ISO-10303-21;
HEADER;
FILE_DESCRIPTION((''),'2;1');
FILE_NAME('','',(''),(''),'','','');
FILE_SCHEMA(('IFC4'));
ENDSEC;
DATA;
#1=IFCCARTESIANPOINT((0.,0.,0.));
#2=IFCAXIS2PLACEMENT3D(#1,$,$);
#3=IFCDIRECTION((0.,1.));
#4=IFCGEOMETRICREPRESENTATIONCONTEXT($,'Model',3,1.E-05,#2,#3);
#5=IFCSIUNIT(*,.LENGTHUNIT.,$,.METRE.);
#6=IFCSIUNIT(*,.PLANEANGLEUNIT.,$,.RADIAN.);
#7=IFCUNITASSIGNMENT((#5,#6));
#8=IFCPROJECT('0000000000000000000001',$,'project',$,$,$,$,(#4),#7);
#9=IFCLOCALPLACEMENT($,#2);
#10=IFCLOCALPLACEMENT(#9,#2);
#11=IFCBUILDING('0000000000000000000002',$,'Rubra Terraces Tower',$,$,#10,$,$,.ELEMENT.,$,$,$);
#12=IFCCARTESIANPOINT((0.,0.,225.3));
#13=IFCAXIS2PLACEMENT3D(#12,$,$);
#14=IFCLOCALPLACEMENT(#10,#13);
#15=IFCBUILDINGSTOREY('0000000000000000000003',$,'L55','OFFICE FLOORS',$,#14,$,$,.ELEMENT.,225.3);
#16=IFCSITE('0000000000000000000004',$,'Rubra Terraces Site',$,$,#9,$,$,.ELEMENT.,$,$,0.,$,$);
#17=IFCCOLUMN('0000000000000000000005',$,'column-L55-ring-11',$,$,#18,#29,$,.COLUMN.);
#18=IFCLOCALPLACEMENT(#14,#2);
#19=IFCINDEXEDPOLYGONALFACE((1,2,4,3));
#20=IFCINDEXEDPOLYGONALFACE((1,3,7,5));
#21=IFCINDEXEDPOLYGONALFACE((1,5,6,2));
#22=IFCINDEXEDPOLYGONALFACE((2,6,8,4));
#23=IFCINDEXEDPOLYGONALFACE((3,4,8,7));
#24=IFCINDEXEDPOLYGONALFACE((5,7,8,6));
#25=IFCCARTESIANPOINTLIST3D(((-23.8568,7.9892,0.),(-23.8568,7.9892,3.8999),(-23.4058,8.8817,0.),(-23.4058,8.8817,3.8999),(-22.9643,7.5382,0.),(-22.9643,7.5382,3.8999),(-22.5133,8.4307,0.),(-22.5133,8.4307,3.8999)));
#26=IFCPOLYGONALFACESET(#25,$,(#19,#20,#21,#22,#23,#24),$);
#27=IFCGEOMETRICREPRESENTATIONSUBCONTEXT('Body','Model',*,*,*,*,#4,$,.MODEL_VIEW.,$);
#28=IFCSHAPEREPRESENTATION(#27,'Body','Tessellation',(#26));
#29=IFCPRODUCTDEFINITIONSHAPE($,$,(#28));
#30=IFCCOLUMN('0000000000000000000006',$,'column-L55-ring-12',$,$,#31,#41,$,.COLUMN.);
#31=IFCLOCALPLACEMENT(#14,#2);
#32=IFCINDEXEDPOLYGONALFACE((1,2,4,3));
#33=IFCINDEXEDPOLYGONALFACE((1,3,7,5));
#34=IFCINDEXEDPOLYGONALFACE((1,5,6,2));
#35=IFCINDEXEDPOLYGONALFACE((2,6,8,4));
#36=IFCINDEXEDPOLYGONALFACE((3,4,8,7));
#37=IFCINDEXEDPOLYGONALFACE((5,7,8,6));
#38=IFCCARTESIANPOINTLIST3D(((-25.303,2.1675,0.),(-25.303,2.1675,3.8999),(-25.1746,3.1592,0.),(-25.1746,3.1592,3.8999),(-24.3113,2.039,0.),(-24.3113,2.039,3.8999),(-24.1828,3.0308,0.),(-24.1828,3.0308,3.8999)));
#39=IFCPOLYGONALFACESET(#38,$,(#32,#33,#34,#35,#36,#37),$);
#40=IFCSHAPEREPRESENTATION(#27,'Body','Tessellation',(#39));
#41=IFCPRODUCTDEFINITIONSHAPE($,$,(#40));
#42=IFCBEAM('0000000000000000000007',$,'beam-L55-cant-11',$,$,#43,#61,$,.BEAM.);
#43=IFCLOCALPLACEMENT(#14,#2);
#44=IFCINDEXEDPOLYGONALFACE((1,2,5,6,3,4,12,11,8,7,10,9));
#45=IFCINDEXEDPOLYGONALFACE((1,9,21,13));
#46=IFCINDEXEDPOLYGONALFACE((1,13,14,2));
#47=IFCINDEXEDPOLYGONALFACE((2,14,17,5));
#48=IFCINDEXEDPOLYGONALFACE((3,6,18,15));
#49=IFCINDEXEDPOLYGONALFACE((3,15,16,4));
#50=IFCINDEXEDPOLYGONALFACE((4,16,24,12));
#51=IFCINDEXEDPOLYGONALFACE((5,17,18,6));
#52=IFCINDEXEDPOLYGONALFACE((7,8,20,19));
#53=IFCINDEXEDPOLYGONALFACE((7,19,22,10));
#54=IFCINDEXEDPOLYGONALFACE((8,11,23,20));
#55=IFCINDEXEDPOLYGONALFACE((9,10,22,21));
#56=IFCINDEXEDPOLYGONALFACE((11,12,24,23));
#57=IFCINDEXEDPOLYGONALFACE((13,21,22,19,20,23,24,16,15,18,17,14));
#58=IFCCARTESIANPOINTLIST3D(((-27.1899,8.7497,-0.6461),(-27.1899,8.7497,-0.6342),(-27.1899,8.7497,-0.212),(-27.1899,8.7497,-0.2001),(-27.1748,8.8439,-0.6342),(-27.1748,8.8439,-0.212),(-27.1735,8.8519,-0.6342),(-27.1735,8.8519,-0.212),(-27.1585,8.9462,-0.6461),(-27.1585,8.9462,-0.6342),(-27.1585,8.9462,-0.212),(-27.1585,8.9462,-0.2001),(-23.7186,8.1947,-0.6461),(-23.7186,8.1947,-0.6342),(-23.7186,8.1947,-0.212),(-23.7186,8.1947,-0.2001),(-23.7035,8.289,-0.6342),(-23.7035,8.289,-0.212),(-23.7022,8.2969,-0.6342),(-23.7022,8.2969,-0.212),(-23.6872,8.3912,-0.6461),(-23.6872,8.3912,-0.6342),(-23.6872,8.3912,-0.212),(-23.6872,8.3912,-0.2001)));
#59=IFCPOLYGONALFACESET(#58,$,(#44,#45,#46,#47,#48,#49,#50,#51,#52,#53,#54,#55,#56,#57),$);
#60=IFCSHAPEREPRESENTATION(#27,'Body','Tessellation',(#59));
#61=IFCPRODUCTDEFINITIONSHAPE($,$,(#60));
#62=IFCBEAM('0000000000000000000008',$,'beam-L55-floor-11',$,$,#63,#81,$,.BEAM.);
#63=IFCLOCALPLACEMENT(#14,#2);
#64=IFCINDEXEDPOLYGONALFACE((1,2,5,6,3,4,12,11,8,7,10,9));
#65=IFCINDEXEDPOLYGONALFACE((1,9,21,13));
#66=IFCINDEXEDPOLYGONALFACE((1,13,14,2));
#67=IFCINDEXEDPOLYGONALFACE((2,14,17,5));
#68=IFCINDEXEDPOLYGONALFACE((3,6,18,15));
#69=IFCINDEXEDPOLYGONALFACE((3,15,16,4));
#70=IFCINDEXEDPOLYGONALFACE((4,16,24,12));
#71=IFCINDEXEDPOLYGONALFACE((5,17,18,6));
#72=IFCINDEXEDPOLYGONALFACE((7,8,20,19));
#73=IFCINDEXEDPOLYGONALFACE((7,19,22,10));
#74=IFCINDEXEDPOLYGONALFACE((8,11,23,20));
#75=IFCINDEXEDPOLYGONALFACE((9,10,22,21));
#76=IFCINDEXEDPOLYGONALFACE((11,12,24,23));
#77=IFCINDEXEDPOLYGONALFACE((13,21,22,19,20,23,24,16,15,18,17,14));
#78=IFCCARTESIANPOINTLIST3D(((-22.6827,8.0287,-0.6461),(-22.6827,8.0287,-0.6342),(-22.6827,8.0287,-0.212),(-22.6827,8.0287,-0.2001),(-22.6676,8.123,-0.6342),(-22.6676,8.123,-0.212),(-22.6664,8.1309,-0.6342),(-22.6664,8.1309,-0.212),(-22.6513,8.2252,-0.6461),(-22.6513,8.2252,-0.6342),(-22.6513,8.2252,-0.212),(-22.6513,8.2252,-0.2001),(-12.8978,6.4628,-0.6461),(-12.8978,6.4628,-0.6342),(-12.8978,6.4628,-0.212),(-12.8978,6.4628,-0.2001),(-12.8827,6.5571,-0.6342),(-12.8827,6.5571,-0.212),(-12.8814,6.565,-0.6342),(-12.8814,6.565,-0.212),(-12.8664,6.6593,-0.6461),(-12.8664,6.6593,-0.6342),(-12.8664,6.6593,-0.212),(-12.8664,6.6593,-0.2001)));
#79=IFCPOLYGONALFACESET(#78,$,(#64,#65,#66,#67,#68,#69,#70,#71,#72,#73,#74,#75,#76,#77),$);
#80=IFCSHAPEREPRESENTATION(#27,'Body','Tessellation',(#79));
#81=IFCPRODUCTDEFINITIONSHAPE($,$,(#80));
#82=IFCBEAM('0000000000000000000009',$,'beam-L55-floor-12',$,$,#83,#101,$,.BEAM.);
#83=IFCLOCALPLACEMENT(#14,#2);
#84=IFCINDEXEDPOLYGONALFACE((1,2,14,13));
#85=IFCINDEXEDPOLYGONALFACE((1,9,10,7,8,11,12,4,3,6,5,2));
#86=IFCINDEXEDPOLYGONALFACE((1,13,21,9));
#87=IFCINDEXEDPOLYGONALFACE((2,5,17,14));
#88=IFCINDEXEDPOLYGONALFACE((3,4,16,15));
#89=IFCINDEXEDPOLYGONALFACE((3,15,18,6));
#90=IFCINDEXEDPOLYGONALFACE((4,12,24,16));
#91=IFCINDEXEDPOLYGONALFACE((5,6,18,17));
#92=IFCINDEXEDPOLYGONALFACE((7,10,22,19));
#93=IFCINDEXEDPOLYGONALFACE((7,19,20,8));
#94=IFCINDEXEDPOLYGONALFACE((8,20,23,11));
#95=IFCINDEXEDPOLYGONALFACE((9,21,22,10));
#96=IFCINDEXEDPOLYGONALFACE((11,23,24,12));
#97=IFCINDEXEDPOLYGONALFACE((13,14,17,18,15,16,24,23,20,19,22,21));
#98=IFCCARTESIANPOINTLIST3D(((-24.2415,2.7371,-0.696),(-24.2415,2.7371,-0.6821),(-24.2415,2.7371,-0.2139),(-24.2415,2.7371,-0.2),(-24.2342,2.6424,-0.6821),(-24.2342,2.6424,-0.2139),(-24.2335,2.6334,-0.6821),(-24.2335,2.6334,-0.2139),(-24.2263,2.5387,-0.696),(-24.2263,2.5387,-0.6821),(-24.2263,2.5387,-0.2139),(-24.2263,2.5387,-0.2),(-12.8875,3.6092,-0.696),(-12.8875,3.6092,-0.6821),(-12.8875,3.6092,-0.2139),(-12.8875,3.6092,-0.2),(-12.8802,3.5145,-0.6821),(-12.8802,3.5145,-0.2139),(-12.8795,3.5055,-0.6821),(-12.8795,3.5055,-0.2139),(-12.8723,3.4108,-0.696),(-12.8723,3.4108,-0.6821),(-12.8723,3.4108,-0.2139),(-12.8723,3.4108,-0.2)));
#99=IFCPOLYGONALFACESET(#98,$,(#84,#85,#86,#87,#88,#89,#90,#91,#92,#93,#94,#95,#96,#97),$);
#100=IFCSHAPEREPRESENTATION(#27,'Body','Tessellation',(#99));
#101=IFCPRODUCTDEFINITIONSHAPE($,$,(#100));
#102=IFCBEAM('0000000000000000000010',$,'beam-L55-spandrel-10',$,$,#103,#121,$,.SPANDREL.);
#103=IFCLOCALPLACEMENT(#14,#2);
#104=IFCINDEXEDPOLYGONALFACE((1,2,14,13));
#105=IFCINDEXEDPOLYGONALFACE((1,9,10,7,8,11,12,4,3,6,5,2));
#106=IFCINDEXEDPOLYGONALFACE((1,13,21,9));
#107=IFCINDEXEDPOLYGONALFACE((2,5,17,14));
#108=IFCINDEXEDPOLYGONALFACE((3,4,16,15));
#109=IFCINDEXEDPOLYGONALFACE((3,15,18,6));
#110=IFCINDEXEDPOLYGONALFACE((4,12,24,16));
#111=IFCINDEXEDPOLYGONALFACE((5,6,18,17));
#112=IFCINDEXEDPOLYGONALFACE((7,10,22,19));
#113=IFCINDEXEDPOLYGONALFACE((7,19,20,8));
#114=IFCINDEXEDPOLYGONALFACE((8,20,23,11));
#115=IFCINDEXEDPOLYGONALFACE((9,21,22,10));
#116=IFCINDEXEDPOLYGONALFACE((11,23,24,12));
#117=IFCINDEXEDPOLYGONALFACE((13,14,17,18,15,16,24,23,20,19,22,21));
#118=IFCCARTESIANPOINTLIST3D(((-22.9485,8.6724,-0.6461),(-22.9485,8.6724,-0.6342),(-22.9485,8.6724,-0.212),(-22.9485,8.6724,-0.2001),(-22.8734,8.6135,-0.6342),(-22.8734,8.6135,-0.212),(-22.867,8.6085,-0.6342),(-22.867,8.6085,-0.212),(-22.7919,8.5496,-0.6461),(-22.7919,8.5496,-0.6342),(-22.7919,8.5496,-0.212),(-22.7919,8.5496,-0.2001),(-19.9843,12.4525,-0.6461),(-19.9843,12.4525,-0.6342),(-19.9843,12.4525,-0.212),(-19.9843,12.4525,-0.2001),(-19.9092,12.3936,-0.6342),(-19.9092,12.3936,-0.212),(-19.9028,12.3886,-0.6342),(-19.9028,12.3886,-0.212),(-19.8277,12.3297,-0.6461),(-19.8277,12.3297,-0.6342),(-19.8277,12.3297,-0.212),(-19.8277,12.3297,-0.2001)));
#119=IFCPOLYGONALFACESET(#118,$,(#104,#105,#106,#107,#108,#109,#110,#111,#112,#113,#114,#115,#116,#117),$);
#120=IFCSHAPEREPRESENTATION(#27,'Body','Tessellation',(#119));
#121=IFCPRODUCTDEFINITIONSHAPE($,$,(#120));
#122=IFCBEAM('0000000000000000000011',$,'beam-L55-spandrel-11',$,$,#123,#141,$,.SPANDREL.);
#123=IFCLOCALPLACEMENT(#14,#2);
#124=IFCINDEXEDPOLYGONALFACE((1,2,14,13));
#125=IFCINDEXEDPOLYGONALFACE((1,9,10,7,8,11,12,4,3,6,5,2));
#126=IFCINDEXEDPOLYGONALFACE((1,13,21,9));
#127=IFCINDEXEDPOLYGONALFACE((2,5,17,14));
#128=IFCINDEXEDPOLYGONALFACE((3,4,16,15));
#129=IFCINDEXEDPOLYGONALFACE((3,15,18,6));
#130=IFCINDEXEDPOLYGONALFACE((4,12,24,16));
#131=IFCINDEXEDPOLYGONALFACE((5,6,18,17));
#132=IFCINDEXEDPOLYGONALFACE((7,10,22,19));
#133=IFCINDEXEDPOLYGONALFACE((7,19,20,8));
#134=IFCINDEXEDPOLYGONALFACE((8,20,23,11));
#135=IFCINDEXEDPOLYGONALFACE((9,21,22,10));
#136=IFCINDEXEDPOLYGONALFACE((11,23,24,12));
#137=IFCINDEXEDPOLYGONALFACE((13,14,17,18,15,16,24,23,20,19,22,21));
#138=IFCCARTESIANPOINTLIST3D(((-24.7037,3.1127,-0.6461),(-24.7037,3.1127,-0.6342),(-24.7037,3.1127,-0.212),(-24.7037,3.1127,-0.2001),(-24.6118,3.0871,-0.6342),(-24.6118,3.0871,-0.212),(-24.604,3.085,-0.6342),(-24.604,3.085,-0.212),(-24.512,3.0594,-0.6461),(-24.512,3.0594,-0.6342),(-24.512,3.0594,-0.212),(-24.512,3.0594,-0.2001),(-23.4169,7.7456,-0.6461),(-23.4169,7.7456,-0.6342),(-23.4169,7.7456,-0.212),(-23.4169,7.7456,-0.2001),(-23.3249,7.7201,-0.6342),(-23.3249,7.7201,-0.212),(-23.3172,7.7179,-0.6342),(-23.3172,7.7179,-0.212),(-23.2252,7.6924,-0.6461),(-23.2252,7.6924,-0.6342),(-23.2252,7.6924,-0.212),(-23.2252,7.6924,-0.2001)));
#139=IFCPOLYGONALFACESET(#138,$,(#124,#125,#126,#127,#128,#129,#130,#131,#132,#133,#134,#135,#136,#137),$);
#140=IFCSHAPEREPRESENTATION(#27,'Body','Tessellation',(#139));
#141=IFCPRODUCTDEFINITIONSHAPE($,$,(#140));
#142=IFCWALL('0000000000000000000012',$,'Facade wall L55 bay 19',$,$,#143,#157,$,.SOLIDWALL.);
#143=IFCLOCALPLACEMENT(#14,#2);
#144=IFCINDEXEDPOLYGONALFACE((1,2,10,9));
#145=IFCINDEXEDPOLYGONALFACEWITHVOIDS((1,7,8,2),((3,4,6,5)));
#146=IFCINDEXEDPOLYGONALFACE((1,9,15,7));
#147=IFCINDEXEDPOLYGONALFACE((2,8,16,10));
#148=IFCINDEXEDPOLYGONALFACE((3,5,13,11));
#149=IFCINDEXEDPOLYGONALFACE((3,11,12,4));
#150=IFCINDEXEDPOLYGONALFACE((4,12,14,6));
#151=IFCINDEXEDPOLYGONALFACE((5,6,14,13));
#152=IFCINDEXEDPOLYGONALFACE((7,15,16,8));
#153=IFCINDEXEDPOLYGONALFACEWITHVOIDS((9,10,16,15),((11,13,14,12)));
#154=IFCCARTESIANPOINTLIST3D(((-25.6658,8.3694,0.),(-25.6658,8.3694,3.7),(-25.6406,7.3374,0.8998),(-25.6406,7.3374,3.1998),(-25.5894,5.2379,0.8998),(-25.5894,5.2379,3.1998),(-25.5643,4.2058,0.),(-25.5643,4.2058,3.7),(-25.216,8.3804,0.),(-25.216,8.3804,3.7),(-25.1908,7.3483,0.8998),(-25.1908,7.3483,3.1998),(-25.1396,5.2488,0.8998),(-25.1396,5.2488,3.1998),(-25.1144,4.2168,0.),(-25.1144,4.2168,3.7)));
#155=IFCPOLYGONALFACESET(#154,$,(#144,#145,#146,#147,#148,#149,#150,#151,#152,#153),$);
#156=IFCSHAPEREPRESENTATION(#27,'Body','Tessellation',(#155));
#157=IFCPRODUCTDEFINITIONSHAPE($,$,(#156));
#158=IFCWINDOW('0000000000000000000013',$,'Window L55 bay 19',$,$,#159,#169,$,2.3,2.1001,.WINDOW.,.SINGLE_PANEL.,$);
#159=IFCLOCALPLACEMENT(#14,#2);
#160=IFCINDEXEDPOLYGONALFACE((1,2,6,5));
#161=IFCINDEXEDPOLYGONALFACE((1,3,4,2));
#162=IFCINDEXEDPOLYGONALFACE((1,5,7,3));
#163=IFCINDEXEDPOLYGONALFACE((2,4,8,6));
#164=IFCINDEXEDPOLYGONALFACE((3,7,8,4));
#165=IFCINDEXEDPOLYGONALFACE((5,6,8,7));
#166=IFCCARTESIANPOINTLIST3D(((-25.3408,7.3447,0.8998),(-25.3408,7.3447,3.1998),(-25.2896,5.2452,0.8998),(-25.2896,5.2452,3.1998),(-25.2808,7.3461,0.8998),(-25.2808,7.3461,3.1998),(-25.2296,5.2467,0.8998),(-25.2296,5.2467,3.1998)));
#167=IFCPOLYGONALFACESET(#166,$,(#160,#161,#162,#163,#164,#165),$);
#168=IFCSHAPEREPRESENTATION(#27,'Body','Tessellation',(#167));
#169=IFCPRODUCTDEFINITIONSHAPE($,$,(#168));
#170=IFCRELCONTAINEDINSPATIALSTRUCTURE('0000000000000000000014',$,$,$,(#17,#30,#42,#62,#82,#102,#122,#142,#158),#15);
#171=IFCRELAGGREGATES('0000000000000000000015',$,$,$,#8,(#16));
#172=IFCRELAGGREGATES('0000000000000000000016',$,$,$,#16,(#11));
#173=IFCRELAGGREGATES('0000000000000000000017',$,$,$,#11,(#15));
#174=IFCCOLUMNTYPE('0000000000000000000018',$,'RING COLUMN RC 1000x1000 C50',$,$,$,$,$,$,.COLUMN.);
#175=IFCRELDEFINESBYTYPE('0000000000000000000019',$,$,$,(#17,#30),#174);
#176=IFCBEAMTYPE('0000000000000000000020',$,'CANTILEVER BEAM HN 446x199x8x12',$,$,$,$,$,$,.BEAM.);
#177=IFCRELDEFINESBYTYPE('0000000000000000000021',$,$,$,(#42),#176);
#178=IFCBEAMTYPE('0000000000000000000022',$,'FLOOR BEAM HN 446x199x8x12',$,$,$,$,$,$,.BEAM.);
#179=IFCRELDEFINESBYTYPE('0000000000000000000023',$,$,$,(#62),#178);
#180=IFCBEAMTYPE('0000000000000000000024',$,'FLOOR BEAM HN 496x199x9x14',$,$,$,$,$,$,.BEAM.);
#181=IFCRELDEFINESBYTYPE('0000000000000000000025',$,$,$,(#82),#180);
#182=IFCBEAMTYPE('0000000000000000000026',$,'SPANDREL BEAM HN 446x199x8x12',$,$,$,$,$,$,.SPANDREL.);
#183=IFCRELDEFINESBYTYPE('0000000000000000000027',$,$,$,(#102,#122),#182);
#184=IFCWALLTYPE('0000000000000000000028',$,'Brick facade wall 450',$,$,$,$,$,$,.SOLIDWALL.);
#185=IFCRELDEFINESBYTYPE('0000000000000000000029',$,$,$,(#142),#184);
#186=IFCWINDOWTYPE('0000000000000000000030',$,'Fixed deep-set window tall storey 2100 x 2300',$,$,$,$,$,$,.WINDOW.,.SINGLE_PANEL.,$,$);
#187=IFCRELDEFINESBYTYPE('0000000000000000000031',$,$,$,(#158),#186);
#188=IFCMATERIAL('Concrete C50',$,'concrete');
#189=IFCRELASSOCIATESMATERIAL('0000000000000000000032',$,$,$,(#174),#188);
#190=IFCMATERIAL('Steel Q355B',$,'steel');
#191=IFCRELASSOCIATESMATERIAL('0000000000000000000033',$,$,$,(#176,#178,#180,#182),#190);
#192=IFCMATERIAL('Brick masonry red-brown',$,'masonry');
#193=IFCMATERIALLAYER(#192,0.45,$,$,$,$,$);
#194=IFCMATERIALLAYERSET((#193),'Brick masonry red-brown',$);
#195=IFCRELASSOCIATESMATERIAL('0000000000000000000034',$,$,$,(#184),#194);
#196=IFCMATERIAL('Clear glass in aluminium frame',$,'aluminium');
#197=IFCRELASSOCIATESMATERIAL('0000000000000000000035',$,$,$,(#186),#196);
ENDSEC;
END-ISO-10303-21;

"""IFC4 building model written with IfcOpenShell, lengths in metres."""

from ifc_helpers import new_model, si_unit, direction, frame, frame_2d, origin, origin_2d, place, context, subcontext, project, spatial, rectangle, i_section, extrude, material, layer, layer_set, material_profile, profile_set, type_object, element, fill, save


model = new_model("IFC4")

# Units and contexts
model_context = context("Model", 3, precision=1e-05, world=origin(), true_north=direction((0.0, 1.0)))
body_context = subcontext(model_context, "Body", "Model", "MODEL_VIEW")
ifc_project = project(units=[si_unit("LENGTHUNIT", "METRE"), si_unit("PLANEANGLEUNIT", "RADIAN")], contexts=[model_context])

# Site, building, storey
site_placement = place(None, origin())
site = spatial("IfcSite", under=ifc_project, at=site_placement, Name="Rubra Terraces Site", CompositionType="ELEMENT", RefElevation=0.0)
building_placement = place(site_placement, origin())
building = spatial("IfcBuilding", under=site, at=building_placement, Name="Rubra Terraces Tower", CompositionType="ELEMENT")
storey_placement = place(building_placement, frame((0.0, 0.0, 225.3)))
storey = spatial("IfcBuildingStorey", under=building, at=storey_placement, Name="L55", Description="OFFICE FLOORS", CompositionType="ELEMENT", Elevation=225.3)

# Columns
ifc_material_1 = material(Name="Concrete C50", Category="concrete")
ifc_material_profile_1 = material_profile(ifc_material_1, rectangle(XDim=1.0, YDim=1.0, at=origin_2d()), Name="RC 1000x1000")
ifc_profile_set_1 = profile_set([ifc_material_profile_1], Name="Concrete C50")
column_type = type_object("IfcColumnType", Name="RING COLUMN RC 1000x1000 C50", PredefinedType="COLUMN", material=ifc_profile_set_1)
for number, where, z_axis, x_axis, name in (
    (1, (-23.1851, 8.21, 0.0), (0.0, 0.0, 1.0), (-0.451028, -0.89251, 0.0), "column-L55-ring-11"),
    (2, (-24.7429, 2.5991, 0.0), (0.0, 0.0, 1.0), (-0.128444, -0.991717, 0.0), "column-L55-ring-12"),
):
    element("IfcColumn", number, at=place(storey_placement, frame(where, z_axis=z_axis, x_axis=x_axis)), inside=storey, type_object=column_type, Name=name, PredefinedType="COLUMN", context=body_context, shape_type="SweptSolid", body=[
        extrude(rectangle(XDim=1.0, YDim=1.0, at=origin_2d()), origin(), (0.0, 0.0, 1.0), 3.8999),
    ])

# Beams
ifc_material_2 = material(Name="Steel Q355B", Category="steel")
ifc_material_profile_2 = material_profile(ifc_material_2, i_section(OverallWidth=0.199, OverallDepth=0.446, WebThickness=0.0081, FlangeThickness=0.012, at=origin_2d()), Name="HN 446x199x8x12")
ifc_profile_set_2 = profile_set([ifc_material_profile_2], Name="Steel Q355B")
beam_type_1 = type_object("IfcBeamType", Name="CANTILEVER BEAM HN 446x199x8x12", PredefinedType="BEAM", material=ifc_profile_set_2)
beam_1_placement = place(storey_placement, frame((-23.7029, 8.293, -0.4231), z_axis=(-0.987461, 0.157863, 0.0), x_axis=(-0.157863, -0.987461, 0.0)))
element("IfcBeam", 3, at=beam_1_placement, inside=storey, type_object=beam_type_1, Name="beam-L55-cant-11", PredefinedType="BEAM", context=body_context, shape_type="SweptSolid", body=[
    extrude(i_section(OverallWidth=0.199, OverallDepth=0.446, WebThickness=0.0081, FlangeThickness=0.012, at=origin_2d()), origin(), (0.0, 0.0, 1.0), 3.5154),
])
ifc_material_profile_3 = material_profile(ifc_material_2, i_section(OverallWidth=0.199, OverallDepth=0.446, WebThickness=0.0081, FlangeThickness=0.012, at=origin_2d()), Name="HN 446x199x8x12")
ifc_profile_set_3 = profile_set([ifc_material_profile_3], Name="Steel Q355B")
beam_type_2 = type_object("IfcBeamType", Name="FLOOR BEAM HN 446x199x8x12", PredefinedType="BEAM", material=ifc_profile_set_3)
beam_2_placement = place(storey_placement, frame((-22.667, 8.127, -0.4231), z_axis=(0.987435, -0.158023, 0.0), x_axis=(0.158023, 0.987435, 0.0)))
element("IfcBeam", 4, at=beam_2_placement, inside=storey, type_object=beam_type_2, Name="beam-L55-floor-11", PredefinedType="BEAM", context=body_context, shape_type="SweptSolid", body=[
    extrude(i_section(OverallWidth=0.199, OverallDepth=0.446, WebThickness=0.0081, FlangeThickness=0.012, at=origin_2d()), origin(), (0.0, 0.0, 1.0), 9.9094),
])
ifc_material_profile_4 = material_profile(ifc_material_2, i_section(OverallWidth=0.199, OverallDepth=0.4961, WebThickness=0.009, FlangeThickness=0.0139, at=origin_2d()), Name="HN 496x199x9x14")
ifc_profile_set_4 = profile_set([ifc_material_profile_4], Name="Steel Q355B")
beam_type_3 = type_object("IfcBeamType", Name="FLOOR BEAM HN 496x199x9x14", PredefinedType="BEAM", material=ifc_profile_set_4)
beam_3_placement = place(storey_placement, frame((-24.2339, 2.6379, -0.448), z_axis=(0.997063, 0.076582, 0.0), x_axis=(-0.076582, 0.997063, 0.0)))
element("IfcBeam", 5, at=beam_3_placement, inside=storey, type_object=beam_type_3, Name="beam-L55-floor-12", PredefinedType="BEAM", context=body_context, shape_type="SweptSolid", body=[
    extrude(i_section(OverallWidth=0.199, OverallDepth=0.4961, WebThickness=0.009, FlangeThickness=0.0139, at=origin_2d()), origin(), (0.0, 0.0, 1.0), 11.3875),
])
ifc_material_profile_5 = material_profile(ifc_material_2, i_section(OverallWidth=0.199, OverallDepth=0.446, WebThickness=0.0081, FlangeThickness=0.012, at=origin_2d()), Name="HN 446x199x8x12")
ifc_profile_set_5 = profile_set([ifc_material_profile_5], Name="Steel Q355B")
beam_type_4 = type_object("IfcBeamType", Name="SPANDREL BEAM HN 446x199x8x12", PredefinedType="SPANDREL", material=ifc_profile_set_5)
beam_4_placement = place(storey_placement, frame((-19.906, 12.3911, -0.4231), z_axis=(-0.61706, -0.786916, 0.0), x_axis=(0.786916, -0.61706, 0.0)))
element("IfcBeam", 6, at=beam_4_placement, inside=storey, type_object=beam_type_4, Name="beam-L55-spandrel-10", PredefinedType="SPANDREL", context=body_context, shape_type="SweptSolid", body=[
    extrude(i_section(OverallWidth=0.199, OverallDepth=0.446, WebThickness=0.0081, FlangeThickness=0.012, at=origin_2d()), origin(), (0.0, 0.0, 1.0), 4.8037),
])
beam_5_placement = place(storey_placement, frame((-23.321, 7.719, -0.4231), z_axis=(-0.267626, -0.963523, 0.0), x_axis=(0.963523, -0.267626, 0.0)))
element("IfcBeam", 7, at=beam_5_placement, inside=storey, type_object=beam_type_4, Name="beam-L55-spandrel-11", PredefinedType="SPANDREL", context=body_context, shape_type="SweptSolid", body=[
    extrude(i_section(OverallWidth=0.199, OverallDepth=0.446, WebThickness=0.0081, FlangeThickness=0.012, at=origin_2d()), origin(), (0.0, 0.0, 1.0), 4.8083),
])

# Wall, opening, window
ifc_material_3 = material(Name="Brick masonry red-brown", Category="masonry")
ifc_layer_1 = layer(ifc_material_3, 0.45)
ifc_layer_set_1 = layer_set([ifc_layer_1], Name="Brick masonry red-brown")
wall_type_1 = type_object("IfcWallType", Name="Brick facade wall 450", PredefinedType="SOLIDWALL", material=ifc_layer_set_1)
wall_1_placement = place(storey_placement, frame((-25.4409, 8.375, 0.0), z_axis=(0.0, 0.0, 1.0), x_axis=(0.024386, -0.999703, 0.0)))
wall_1 = element("IfcWall", 8, at=wall_1_placement, inside=storey, type_object=wall_type_1, Name="Facade wall L55 bay 19", PredefinedType="SOLIDWALL", context=body_context, shape_type="SweptSolid", body=[
    extrude(rectangle(XDim=4.1648, YDim=0.45, at=frame_2d((2.0825, 0.0))), origin(), (0.0, 0.0, 1.0), 3.7),
])
opening_1_placement = place(wall_1_placement, frame((1.0325, 0.0, 0.8999)))
opening_1 = element("IfcOpeningElement", 9, at=opening_1_placement, cuts=wall_1, PredefinedType="OPENING", context=body_context, shape_type="SweptSolid", body=[
    extrude(rectangle(XDim=2.1001, YDim=2.3, at=frame_2d((1.05, 1.1499))), frame((0.0, 0.2349, 0.0), z_axis=(0.0, -1.0, 0.0), x_axis=(1.0, 0.0, 0.0)), (0.0, 0.0, 1.0), 0.47),
])
ifc_material_4 = material(Name="Clear glass in aluminium frame", Category="aluminium")
window_type = type_object("IfcWindowType", Name="Fixed deep-set window tall storey 2100 x 2300", PartitioningType="SINGLE_PANEL", PredefinedType="WINDOW", material=ifc_material_4)
window_1_placement = place(opening_1_placement, origin())
window_1 = element("IfcWindow", 10, at=window_1_placement, inside=storey, type_object=window_type, Name="Window L55 bay 19", OverallHeight=2.3, OverallWidth=2.1001, PartitioningType="SINGLE_PANEL", PredefinedType="WINDOW", context=body_context, shape_type="SweptSolid", body=[
    extrude(rectangle(XDim=2.1001, YDim=2.3, at=frame_2d((1.05, 1.1499))), frame((0.0, 0.135, 0.0), z_axis=(0.0, -1.0, 0.0), x_axis=(1.0, 0.0, 0.0)), (0.0, 0.0, 1.0), 0.0601),
])
fill(opening_1, window_1)

save(model, "model.ifc")
